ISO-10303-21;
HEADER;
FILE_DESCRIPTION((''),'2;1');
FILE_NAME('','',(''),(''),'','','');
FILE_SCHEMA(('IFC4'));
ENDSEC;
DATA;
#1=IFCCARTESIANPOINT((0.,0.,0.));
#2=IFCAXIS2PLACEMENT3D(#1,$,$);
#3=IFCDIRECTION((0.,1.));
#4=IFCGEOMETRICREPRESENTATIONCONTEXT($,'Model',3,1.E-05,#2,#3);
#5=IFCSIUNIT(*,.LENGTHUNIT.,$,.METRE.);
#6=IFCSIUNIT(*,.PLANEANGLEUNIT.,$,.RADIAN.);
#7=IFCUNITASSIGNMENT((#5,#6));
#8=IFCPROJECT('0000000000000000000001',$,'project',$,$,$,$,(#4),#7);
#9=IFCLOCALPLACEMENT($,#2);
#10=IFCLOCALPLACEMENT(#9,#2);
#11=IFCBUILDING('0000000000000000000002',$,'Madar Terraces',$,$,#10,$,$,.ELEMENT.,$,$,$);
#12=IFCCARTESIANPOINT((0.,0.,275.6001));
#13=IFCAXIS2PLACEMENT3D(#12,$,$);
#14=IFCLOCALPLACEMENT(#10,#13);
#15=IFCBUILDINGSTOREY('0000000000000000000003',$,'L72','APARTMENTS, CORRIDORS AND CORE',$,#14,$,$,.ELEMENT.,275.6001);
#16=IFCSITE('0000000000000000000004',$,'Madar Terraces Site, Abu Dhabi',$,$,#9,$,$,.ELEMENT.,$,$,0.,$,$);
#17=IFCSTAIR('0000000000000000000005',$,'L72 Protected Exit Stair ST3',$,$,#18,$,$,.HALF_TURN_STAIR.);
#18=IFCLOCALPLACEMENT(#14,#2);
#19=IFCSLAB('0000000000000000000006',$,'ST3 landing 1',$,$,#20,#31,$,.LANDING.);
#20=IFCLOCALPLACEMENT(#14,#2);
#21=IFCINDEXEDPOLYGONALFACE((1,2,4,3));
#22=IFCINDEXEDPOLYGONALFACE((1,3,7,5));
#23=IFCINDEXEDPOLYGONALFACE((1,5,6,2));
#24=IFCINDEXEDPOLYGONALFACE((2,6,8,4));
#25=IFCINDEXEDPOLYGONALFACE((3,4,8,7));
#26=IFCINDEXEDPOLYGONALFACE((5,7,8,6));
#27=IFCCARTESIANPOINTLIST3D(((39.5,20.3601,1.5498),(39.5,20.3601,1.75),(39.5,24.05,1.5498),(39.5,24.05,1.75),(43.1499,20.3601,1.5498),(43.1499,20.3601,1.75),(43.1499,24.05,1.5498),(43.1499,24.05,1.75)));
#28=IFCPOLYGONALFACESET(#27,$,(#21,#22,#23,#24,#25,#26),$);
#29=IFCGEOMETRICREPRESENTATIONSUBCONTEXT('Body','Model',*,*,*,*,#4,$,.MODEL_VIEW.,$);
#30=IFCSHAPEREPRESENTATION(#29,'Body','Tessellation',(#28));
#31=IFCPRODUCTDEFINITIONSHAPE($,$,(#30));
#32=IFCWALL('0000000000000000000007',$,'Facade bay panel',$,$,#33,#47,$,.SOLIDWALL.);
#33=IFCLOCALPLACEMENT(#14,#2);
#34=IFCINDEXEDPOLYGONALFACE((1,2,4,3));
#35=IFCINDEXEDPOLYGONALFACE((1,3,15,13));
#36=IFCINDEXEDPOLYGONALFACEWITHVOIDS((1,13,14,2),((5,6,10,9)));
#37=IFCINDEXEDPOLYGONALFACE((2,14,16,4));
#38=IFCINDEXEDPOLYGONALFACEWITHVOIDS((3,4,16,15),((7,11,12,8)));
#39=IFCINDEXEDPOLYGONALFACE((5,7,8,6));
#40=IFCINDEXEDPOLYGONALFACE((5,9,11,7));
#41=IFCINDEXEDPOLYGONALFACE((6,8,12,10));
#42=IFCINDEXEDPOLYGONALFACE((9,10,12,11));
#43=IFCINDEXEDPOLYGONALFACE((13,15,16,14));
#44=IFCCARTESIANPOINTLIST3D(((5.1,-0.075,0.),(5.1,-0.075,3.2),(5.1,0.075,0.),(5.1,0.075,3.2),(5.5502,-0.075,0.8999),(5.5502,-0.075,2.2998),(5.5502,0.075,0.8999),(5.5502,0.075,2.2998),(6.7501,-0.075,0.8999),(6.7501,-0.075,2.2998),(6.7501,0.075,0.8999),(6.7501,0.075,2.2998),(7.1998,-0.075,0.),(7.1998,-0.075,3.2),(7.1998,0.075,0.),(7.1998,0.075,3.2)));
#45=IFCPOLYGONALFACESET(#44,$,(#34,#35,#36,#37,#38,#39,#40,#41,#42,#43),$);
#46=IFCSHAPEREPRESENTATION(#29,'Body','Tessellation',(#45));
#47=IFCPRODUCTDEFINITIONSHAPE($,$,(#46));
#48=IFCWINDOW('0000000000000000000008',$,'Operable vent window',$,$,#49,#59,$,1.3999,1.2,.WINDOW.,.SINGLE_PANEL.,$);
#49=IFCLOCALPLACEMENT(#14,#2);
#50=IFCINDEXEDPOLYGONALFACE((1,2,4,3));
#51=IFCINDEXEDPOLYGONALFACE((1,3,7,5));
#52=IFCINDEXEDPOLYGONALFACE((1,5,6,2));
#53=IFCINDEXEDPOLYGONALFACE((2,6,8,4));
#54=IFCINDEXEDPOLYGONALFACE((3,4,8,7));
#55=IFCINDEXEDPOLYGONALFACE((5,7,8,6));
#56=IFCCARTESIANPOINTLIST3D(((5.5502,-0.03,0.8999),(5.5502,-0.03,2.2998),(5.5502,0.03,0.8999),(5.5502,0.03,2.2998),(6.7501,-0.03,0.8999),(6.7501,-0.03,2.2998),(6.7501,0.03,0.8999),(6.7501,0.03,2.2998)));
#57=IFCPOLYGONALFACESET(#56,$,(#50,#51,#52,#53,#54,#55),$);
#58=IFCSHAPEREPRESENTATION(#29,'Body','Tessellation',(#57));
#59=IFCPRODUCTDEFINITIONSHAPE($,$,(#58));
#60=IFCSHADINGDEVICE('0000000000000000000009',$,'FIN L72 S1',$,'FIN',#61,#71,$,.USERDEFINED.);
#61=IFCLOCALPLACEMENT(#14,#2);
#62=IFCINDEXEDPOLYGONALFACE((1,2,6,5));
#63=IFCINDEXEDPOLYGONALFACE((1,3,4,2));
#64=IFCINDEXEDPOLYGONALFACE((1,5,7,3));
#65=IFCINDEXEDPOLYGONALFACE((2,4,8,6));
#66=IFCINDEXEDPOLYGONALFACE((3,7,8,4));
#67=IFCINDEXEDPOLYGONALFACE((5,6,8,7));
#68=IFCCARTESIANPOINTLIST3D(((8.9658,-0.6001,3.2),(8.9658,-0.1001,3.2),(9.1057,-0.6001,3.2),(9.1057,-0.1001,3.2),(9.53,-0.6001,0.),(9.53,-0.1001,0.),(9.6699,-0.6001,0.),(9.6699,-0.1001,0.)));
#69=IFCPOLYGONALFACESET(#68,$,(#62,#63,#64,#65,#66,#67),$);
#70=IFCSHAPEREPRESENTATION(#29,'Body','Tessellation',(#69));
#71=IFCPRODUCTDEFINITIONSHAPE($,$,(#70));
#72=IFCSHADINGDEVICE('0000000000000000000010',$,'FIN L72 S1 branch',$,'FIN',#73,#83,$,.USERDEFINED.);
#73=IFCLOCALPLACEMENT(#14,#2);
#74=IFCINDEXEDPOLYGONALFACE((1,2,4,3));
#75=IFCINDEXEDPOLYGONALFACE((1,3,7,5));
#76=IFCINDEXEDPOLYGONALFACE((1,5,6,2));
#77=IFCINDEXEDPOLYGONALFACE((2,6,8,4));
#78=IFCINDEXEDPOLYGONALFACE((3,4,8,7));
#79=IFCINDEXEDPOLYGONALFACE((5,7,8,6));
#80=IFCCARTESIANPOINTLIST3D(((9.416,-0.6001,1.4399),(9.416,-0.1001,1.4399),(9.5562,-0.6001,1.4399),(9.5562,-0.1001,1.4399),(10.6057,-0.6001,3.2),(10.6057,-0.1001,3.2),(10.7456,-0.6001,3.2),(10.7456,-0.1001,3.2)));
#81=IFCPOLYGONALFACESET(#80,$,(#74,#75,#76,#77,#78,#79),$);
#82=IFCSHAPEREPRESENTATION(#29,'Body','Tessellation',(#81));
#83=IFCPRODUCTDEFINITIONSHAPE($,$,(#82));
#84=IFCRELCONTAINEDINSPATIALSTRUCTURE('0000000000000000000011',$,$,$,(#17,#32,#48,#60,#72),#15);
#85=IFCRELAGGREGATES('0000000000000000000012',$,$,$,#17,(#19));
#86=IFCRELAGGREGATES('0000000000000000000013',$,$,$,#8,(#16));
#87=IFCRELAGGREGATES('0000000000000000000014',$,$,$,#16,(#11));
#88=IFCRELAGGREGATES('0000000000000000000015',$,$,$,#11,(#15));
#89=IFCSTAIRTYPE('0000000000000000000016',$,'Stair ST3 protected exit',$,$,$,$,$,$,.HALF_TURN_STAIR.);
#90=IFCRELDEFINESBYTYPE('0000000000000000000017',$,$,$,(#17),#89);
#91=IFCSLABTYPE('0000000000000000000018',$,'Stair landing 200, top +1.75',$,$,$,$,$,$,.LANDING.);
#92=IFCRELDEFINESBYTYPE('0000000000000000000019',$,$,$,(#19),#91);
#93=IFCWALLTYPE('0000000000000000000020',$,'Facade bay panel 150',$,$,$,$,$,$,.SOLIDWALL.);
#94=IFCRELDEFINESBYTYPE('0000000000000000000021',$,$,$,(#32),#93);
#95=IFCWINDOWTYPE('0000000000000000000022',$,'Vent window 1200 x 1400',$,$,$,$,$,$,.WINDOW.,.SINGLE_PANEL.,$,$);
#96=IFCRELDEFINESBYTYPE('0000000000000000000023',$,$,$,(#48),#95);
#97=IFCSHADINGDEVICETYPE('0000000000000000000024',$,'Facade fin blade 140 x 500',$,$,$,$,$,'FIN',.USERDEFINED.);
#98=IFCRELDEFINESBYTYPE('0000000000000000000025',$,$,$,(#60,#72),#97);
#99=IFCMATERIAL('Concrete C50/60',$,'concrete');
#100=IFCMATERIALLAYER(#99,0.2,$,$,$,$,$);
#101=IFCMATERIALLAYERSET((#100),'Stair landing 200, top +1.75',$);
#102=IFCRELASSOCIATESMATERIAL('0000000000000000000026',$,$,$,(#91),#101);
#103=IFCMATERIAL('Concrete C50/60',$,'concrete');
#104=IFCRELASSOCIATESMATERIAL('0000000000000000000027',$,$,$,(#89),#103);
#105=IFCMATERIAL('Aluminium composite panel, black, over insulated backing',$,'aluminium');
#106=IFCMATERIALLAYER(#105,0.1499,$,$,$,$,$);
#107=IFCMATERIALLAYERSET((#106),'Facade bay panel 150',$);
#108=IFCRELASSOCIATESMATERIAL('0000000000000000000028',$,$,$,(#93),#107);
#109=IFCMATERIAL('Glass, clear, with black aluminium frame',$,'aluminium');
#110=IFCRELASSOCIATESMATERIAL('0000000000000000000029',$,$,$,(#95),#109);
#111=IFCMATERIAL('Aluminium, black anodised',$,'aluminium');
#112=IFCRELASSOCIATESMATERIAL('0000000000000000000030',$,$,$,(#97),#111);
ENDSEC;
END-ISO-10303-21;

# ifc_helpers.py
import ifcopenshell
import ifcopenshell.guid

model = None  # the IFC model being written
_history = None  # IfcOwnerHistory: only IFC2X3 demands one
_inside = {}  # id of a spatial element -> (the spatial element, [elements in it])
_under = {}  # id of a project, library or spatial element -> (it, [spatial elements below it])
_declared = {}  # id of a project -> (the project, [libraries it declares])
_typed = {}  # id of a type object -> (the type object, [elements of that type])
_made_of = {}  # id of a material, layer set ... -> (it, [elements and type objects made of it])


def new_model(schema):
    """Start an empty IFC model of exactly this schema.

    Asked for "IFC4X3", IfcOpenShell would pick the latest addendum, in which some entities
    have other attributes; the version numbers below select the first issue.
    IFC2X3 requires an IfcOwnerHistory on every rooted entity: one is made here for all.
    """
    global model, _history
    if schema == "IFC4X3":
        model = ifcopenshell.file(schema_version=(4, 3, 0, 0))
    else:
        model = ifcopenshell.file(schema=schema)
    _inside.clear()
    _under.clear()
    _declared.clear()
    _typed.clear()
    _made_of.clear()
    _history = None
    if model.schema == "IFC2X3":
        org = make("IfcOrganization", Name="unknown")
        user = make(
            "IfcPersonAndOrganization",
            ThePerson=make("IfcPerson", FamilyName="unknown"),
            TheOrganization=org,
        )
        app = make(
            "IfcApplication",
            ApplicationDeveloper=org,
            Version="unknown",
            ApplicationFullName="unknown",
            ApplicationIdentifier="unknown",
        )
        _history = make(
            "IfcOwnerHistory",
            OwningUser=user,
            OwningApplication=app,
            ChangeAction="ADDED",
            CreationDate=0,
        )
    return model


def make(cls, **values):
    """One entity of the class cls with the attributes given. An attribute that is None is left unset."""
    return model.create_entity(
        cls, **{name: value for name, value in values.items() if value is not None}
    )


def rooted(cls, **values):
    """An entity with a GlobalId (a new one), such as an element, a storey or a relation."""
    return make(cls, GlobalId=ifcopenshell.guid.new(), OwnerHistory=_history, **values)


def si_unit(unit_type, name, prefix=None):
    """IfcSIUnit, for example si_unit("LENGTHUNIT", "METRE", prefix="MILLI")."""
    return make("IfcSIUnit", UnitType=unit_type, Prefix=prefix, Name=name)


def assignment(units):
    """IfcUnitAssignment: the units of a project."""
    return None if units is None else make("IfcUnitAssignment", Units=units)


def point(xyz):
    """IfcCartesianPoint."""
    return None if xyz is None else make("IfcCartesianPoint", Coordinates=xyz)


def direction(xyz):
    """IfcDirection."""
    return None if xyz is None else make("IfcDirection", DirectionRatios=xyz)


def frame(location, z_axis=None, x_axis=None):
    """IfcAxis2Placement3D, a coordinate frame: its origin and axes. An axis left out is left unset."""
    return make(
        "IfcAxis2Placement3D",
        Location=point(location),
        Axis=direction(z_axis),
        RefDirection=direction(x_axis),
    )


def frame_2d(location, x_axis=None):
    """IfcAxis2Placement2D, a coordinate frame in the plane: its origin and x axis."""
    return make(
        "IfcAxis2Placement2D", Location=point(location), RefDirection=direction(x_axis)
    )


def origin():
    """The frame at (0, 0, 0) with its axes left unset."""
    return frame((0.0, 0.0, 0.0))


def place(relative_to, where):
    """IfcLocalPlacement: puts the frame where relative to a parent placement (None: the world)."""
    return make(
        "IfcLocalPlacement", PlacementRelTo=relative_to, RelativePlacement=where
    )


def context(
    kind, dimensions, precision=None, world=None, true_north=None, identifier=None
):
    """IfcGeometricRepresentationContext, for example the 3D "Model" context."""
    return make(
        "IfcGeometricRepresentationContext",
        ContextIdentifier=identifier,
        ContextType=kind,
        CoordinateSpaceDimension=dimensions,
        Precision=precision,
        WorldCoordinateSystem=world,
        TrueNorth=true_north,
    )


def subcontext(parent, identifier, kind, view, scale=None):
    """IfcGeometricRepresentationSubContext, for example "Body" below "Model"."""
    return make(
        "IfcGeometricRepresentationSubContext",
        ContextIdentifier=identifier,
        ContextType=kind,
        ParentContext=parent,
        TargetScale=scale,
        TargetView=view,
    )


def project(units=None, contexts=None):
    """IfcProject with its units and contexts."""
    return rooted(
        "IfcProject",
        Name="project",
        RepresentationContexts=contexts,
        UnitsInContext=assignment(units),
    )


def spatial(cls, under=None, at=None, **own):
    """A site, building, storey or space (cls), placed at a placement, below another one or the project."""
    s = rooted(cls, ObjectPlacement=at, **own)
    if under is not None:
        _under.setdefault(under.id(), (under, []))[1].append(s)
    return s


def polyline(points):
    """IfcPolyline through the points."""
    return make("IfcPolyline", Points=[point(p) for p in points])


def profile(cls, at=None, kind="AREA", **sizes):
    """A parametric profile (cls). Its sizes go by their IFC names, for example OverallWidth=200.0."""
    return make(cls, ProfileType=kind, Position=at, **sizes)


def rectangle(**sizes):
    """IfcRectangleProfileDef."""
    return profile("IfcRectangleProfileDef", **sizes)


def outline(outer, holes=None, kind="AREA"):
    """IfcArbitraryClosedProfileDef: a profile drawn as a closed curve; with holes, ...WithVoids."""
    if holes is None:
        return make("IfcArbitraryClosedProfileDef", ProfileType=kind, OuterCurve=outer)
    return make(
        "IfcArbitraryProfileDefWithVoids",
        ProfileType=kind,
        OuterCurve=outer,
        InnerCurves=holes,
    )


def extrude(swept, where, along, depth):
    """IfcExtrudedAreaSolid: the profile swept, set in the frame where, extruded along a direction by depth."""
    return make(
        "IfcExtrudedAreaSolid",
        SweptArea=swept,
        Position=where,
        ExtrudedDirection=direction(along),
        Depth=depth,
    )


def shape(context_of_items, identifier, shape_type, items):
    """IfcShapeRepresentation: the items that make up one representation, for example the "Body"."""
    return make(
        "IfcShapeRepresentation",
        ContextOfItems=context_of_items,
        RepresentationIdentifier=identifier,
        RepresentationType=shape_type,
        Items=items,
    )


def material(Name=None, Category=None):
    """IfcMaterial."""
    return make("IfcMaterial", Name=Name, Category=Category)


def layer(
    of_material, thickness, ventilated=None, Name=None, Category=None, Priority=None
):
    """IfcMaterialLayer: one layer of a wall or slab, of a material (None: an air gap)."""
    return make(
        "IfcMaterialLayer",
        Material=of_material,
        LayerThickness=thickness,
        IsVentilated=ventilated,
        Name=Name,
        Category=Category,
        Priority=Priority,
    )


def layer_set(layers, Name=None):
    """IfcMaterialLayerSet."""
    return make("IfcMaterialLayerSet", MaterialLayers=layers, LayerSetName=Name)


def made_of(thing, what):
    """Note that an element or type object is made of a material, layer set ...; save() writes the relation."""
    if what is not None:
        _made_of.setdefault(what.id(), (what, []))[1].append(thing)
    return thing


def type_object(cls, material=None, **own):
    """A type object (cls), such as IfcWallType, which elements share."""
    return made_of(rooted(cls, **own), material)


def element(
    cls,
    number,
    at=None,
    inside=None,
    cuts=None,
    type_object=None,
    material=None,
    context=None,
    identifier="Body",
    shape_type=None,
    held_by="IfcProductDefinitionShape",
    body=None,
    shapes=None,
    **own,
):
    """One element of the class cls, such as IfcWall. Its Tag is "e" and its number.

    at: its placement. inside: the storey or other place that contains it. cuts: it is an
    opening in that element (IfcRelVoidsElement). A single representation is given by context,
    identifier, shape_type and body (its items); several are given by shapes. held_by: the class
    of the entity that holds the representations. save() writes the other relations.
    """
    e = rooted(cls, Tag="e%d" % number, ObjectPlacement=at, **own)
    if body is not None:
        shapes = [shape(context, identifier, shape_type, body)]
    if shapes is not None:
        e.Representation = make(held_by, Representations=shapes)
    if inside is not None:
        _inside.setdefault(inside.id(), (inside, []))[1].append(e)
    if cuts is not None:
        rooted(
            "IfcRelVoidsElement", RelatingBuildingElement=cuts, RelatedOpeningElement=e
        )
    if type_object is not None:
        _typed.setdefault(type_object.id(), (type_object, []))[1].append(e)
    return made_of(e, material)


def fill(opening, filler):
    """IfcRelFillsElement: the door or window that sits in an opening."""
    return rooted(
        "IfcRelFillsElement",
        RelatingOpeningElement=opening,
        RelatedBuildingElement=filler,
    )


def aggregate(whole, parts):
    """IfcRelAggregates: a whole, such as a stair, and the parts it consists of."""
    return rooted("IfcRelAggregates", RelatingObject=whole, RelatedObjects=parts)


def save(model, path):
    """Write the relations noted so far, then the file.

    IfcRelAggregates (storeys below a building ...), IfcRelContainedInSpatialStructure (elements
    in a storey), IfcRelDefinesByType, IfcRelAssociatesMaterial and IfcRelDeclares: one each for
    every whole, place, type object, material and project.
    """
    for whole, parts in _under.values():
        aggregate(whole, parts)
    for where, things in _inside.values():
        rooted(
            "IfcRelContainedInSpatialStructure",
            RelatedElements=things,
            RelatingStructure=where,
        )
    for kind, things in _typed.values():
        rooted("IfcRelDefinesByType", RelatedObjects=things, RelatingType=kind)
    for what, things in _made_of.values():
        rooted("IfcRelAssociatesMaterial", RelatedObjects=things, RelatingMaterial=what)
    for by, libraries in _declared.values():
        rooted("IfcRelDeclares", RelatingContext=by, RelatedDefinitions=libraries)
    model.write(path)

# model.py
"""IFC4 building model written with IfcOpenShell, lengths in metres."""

from ifc_helpers import new_model, si_unit, direction, frame, frame_2d, origin, place, context, subcontext, project, spatial, polyline, rectangle, outline, extrude, material, layer, layer_set, type_object, element, fill, aggregate, save


model = new_model("IFC4")

# Units and contexts
model_context = context("Model", 3, precision=1e-05, world=origin(), true_north=direction((0.0, 1.0)))
body_context = subcontext(model_context, "Body", "Model", "MODEL_VIEW")
ifc_project = project(units=[si_unit("LENGTHUNIT", "METRE"), si_unit("PLANEANGLEUNIT", "RADIAN")], contexts=[model_context])

# Site, building, storey
site_placement = place(None, origin())
site = spatial("IfcSite", under=ifc_project, at=site_placement, Name="Madar Terraces Site, Abu Dhabi", CompositionType="ELEMENT", RefElevation=0.0)
building_placement = place(site_placement, origin())
building = spatial("IfcBuilding", under=site, at=building_placement, Name="Madar Terraces", CompositionType="ELEMENT")
storey_placement = place(building_placement, frame((0.0, 0.0, 275.6001)))
storey = spatial("IfcBuildingStorey", under=building, at=storey_placement, Name="L72", Description="APARTMENTS, CORRIDORS AND CORE", CompositionType="ELEMENT", Elevation=275.6001)

# Stair, slab
ifc_material_1 = material(Name="Concrete C50/60", Category="concrete")
ifc_layer_1 = layer(ifc_material_1, 0.2)
ifc_layer_set_1 = layer_set([ifc_layer_1], Name="Stair landing 200, top +1.75")
slab_type_1 = type_object("IfcSlabType", Name="Stair landing 200, top +1.75", PredefinedType="LANDING", material=ifc_layer_set_1)
ifc_material_2 = material(Name="Concrete C50/60", Category="concrete")
stair_type_1 = type_object("IfcStairType", Name="Stair ST3 protected exit", PredefinedType="HALF_TURN_STAIR", material=ifc_material_2)
stair_1_placement = place(storey_placement, origin())
stair_1 = element("IfcStair", 1, at=stair_1_placement, inside=storey, type_object=stair_type_1, Name="L72 Protected Exit Stair ST3", PredefinedType="HALF_TURN_STAIR")
slab_1_placement = place(storey_placement, frame((0.0, 0.0, 1.5498)))
slab_1 = element("IfcSlab", 2, at=slab_1_placement, type_object=slab_type_1, Name="ST3 landing 1", PredefinedType="LANDING", context=body_context, shape_type="SweptSolid", body=[
    extrude(outline(polyline([(39.5, 20.3601), (43.1499, 20.3601), (43.1499, 24.05), (39.5, 24.05), (39.5, 20.3601)])), origin(), (0.0, 0.0, 1.0), 0.2002),
])
aggregate(stair_1, [slab_1])

# Wall, opening, window
ifc_material_3 = material(Name="Aluminium composite panel, black, over insulated backing", Category="aluminium")
ifc_layer_2 = layer(ifc_material_3, 0.1499)
ifc_layer_set_2 = layer_set([ifc_layer_2], Name="Facade bay panel 150")
wall_type = type_object("IfcWallType", Name="Facade bay panel 150", PredefinedType="SOLIDWALL", material=ifc_layer_set_2)
wall_placement = place(storey_placement, frame((5.1001, 0.0, 0.0), z_axis=(0.0, 0.0, 1.0), x_axis=(1.0, 0.0, 0.0)))
wall = element("IfcWall", 3, at=wall_placement, inside=storey, type_object=wall_type, Name="Facade bay panel", PredefinedType="SOLIDWALL", context=body_context, shape_type="SweptSolid", body=[
    extrude(rectangle(XDim=2.0999, YDim=0.1499, at=frame_2d((1.0498, 0.0))), origin(), (0.0, 0.0, 1.0), 3.2),
])
opening_placement = place(wall_placement, frame((0.45, 0.0, 0.8999)))
opening = element("IfcOpeningElement", 4, at=opening_placement, cuts=wall, PredefinedType="OPENING", context=body_context, shape_type="SweptSolid", body=[
    extrude(rectangle(XDim=1.2, YDim=1.3999, at=frame_2d((0.6001, 0.7))), frame((0.0, 0.085, 0.0), z_axis=(0.0, -1.0, 0.0), x_axis=(1.0, 0.0, 0.0)), (0.0, 0.0, 1.0), 0.1699),
])
ifc_material_4 = material(Name="Glass, clear, with black aluminium frame", Category="aluminium")
window_type = type_object("IfcWindowType", Name="Vent window 1200 x 1400", PartitioningType="SINGLE_PANEL", PredefinedType="WINDOW", material=ifc_material_4)
window_placement = place(opening_placement, origin())
window = element("IfcWindow", 5, at=window_placement, inside=storey, type_object=window_type, Name="Operable vent window", OverallHeight=1.3999, OverallWidth=1.2, PartitioningType="SINGLE_PANEL", PredefinedType="WINDOW", context=body_context, shape_type="SweptSolid", body=[
    extrude(rectangle(XDim=1.2, YDim=1.3999, at=frame_2d((0.6001, 0.7))), frame((0.0, 0.03, 0.0), z_axis=(0.0, -1.0, 0.0), x_axis=(1.0, 0.0, 0.0)), (0.0, 0.0, 1.0), 0.0601),
])
fill(opening, window)

# Shading devices
ifc_material_5 = material(Name="Aluminium, black anodised", Category="aluminium")
shading_device_type = type_object("IfcShadingDeviceType", Name="Facade fin blade 140 x 500", ElementType="FIN", PredefinedType="USERDEFINED", material=ifc_material_5)
shading_device_1_placement = place(storey_placement, frame((9.53, -0.3501, 0.0), z_axis=(0.0, 0.0, 1.0), x_axis=(1.0, 0.0, 0.0)))
element("IfcShadingDevice", 6, at=shading_device_1_placement, inside=storey, type_object=shading_device_type, Name="FIN L72 S1", ObjectType="FIN", PredefinedType="USERDEFINED", context=body_context, shape_type="SweptSolid", body=[
    extrude(outline(polyline([(0.0, 0.0), (0.1399, 0.0), (-0.4243, 3.2), (-0.5642, 3.2), (0.0, 0.0)])), frame((0.0, 0.25, 0.0), z_axis=(0.0, -1.0, 0.0), x_axis=(1.0, 0.0, 0.0)), (0.0, 0.0, 1.0), 0.5),
])
shading_device_2_placement = place(storey_placement, frame((9.416, -0.3501, 1.4399), z_axis=(0.0, 0.0, 1.0), x_axis=(1.0, 0.0, 0.0)))
element("IfcShadingDevice", 7, at=shading_device_2_placement, inside=storey, type_object=shading_device_type, Name="FIN L72 S1 branch", ObjectType="FIN", PredefinedType="USERDEFINED", context=body_context, shape_type="SweptSolid", body=[
    extrude(outline(polyline([(0.0, 0.0), (0.1401, 0.0), (1.3296, 1.76), (1.1897, 1.76), (0.0, 0.0)])), frame((0.0, 0.25, 0.0), z_axis=(0.0, -1.0, 0.0), x_axis=(1.0, 0.0, 0.0)), (0.0, 0.0, 1.0), 0.5),
])

save(model, "model.ifc")
